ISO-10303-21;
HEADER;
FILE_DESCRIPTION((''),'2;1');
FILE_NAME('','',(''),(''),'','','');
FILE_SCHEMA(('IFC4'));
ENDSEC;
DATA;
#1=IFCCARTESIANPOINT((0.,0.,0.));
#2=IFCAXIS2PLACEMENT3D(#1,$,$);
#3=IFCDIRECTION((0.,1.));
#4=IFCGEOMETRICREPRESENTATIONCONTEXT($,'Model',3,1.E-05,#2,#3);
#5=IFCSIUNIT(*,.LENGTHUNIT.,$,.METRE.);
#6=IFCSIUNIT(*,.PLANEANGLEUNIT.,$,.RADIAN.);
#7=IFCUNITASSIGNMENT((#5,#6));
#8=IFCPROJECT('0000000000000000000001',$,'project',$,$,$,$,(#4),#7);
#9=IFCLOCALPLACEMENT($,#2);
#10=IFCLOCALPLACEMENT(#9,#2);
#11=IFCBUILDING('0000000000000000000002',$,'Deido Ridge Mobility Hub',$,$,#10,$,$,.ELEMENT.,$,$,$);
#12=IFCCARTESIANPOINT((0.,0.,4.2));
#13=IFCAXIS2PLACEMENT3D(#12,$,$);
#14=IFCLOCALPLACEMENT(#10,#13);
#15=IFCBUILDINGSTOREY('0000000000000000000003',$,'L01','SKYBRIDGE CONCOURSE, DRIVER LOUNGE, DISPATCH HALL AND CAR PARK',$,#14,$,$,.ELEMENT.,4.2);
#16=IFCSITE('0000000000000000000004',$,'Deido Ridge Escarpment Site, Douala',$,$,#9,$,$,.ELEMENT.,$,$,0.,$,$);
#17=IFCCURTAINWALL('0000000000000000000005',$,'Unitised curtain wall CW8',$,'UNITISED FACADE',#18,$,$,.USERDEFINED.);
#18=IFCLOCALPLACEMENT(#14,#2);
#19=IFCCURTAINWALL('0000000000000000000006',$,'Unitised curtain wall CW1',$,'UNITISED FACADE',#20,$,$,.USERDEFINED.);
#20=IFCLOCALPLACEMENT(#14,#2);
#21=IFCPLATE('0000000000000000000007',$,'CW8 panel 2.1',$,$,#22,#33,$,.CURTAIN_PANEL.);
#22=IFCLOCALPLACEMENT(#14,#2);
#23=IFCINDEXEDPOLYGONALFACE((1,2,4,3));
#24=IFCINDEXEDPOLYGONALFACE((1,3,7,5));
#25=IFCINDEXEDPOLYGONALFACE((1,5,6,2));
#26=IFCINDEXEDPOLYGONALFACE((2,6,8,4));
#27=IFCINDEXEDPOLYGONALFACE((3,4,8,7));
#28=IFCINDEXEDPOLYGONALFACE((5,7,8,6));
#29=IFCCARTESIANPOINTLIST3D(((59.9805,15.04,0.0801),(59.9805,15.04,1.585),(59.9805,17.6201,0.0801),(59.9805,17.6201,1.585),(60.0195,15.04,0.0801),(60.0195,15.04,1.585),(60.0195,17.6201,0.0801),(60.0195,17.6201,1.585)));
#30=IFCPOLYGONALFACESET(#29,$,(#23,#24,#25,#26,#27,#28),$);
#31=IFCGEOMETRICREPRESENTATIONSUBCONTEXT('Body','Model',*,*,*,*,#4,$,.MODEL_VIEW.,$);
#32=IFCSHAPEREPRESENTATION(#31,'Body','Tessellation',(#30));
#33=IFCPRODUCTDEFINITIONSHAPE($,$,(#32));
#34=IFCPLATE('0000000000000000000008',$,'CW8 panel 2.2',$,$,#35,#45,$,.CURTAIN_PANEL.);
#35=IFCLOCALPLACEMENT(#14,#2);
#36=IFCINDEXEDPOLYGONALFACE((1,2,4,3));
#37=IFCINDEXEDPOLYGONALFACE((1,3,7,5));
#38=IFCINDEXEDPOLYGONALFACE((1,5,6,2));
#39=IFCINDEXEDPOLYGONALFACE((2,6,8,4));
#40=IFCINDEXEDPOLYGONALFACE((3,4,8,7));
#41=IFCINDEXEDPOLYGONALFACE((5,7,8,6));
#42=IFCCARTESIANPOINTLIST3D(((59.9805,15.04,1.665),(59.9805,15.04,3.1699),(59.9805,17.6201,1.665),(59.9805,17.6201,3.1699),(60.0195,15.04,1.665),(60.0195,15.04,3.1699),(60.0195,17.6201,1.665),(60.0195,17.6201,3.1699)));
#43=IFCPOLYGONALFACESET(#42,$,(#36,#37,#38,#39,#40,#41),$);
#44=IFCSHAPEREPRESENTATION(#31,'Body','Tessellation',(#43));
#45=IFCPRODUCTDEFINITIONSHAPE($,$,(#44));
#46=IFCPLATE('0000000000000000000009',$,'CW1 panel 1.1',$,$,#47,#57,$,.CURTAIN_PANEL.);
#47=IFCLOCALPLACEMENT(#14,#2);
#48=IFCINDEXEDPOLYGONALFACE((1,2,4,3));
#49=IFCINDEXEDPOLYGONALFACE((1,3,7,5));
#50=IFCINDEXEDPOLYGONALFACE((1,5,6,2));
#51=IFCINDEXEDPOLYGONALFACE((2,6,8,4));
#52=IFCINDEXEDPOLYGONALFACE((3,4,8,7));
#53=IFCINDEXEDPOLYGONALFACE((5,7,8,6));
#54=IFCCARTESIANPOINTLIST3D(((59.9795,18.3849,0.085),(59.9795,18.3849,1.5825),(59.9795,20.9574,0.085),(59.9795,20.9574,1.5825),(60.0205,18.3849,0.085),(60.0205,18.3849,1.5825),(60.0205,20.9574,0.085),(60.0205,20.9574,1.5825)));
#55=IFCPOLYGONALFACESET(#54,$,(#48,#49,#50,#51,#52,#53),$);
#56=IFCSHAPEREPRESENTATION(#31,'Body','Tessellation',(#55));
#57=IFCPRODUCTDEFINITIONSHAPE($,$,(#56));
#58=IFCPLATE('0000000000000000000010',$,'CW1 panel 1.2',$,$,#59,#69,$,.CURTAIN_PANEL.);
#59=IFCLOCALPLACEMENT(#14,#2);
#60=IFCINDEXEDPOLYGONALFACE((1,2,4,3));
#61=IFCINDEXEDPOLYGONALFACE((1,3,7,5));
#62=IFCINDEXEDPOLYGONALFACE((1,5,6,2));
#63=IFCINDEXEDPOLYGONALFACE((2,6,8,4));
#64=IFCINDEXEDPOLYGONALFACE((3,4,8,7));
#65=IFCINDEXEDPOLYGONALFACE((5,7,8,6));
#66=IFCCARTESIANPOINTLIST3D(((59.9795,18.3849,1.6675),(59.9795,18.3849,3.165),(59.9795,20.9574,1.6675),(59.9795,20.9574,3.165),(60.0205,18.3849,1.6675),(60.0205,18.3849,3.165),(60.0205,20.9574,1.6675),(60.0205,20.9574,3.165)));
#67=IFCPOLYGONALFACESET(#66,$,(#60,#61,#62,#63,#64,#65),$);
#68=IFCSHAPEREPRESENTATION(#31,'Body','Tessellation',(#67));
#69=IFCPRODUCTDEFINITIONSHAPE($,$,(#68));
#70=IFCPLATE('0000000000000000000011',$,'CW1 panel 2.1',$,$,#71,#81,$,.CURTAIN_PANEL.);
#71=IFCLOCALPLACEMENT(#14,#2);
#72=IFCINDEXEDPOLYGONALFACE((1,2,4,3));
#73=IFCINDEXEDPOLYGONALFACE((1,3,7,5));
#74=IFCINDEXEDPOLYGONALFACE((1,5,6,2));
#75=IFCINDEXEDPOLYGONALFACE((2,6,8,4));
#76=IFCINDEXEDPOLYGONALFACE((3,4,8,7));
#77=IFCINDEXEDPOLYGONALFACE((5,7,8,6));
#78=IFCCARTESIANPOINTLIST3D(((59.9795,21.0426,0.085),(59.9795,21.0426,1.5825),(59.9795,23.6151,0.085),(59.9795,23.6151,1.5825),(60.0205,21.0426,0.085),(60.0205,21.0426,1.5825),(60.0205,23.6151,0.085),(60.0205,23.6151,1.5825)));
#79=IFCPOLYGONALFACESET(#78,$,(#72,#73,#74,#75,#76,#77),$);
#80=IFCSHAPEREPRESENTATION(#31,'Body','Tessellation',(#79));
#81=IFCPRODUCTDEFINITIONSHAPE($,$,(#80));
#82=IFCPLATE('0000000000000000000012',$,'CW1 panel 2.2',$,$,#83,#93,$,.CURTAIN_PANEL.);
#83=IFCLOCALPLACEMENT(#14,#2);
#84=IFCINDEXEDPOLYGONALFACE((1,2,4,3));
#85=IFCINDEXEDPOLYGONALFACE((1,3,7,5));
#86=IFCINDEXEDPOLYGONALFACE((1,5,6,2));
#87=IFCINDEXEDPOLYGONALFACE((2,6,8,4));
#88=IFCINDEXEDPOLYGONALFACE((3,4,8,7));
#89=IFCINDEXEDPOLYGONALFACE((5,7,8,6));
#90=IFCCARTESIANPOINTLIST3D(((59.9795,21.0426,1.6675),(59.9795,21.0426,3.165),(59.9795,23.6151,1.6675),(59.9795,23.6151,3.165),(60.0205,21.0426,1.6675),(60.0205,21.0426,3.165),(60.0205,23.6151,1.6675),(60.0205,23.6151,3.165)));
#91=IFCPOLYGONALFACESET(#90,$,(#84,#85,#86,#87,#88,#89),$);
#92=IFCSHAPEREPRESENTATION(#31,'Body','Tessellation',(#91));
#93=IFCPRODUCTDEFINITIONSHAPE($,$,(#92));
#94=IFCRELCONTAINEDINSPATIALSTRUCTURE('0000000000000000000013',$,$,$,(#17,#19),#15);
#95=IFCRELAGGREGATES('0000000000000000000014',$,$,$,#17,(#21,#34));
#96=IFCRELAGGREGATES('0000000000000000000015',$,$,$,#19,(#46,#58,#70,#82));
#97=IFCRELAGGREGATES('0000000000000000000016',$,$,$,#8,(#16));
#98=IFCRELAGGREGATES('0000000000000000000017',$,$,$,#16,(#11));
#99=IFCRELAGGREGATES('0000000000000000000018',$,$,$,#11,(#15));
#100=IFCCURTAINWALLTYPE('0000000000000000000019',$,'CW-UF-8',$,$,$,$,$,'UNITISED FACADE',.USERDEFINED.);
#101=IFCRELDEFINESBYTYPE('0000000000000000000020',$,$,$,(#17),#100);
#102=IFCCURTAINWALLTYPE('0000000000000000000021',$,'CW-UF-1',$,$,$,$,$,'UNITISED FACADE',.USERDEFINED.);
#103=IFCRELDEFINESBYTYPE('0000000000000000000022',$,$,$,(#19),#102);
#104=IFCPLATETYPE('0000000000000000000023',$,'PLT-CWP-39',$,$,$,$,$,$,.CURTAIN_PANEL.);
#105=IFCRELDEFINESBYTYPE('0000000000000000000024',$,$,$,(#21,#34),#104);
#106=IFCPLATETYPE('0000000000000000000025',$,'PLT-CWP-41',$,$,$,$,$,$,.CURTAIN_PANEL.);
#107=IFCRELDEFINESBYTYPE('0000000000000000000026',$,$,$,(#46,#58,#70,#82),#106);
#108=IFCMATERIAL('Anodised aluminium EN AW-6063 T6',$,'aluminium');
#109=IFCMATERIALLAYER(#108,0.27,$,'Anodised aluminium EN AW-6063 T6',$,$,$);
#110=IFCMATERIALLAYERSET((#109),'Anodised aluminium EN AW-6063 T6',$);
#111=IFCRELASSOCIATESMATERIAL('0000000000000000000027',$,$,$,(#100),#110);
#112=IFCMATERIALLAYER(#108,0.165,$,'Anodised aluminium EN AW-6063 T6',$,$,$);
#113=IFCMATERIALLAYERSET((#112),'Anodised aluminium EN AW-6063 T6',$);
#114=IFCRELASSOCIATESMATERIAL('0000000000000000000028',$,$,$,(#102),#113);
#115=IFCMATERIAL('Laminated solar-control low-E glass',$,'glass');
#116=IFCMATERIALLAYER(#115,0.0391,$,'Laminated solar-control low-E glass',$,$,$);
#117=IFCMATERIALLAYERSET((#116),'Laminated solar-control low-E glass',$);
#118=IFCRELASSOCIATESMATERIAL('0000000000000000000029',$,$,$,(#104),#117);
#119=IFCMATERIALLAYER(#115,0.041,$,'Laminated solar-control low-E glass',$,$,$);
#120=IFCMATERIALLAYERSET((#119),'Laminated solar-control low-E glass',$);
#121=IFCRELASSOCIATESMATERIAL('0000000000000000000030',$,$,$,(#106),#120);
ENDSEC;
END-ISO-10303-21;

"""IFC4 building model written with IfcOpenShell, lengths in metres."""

from ifc_helpers import new_model, si_unit, direction, frame, origin, origin_2d, place, context, subcontext, project, spatial, rectangle, extrude, material, layer, layer_set, type_object, element, aggregate, save


model = new_model("IFC4")

# Units and contexts
model_context = context("Model", 3, precision=1e-05, world=origin(), true_north=direction((0.0, 1.0)))
body_context = subcontext(model_context, "Body", "Model", "MODEL_VIEW")
ifc_project = project(units=[si_unit("LENGTHUNIT", "METRE"), si_unit("PLANEANGLEUNIT", "RADIAN")], contexts=[model_context])

# Site, building, storey
site_placement = place(None, origin())
site = spatial("IfcSite", under=ifc_project, at=site_placement, Name="Deido Ridge Escarpment Site, Douala", CompositionType="ELEMENT", RefElevation=0.0)
building_placement = place(site_placement, origin())
building = spatial("IfcBuilding", under=site, at=building_placement, Name="Deido Ridge Mobility Hub", CompositionType="ELEMENT")
storey_placement = place(building_placement, frame((0.0, 0.0, 4.2)))
storey = spatial("IfcBuildingStorey", under=building, at=storey_placement, Name="L01", Description="SKYBRIDGE CONCOURSE, DRIVER LOUNGE, DISPATCH HALL AND CAR PARK", CompositionType="ELEMENT", Elevation=4.2)

# Shared definitions
ifc_material_1 = material(Name="Anodised aluminium EN AW-6063 T6", Category="aluminium")

# Curtain wall
ifc_layer_1 = layer(ifc_material_1, 0.27, Name="Anodised aluminium EN AW-6063 T6")
ifc_layer_set_1 = layer_set([ifc_layer_1], Name="Anodised aluminium EN AW-6063 T6")
curtain_wall_type_1 = type_object("IfcCurtainWallType", Name="CW-UF-8", ElementType="UNITISED FACADE", PredefinedType="USERDEFINED", material=ifc_layer_set_1)
curtain_wall_1_placement = place(storey_placement, origin())
curtain_wall_1 = element("IfcCurtainWall", 1, at=curtain_wall_1_placement, inside=storey, type_object=curtain_wall_type_1, Name="Unitised curtain wall CW8", ObjectType="UNITISED FACADE", PredefinedType="USERDEFINED")

# Curtain wall
ifc_layer_2 = layer(ifc_material_1, 0.165, Name="Anodised aluminium EN AW-6063 T6")
ifc_layer_set_2 = layer_set([ifc_layer_2], Name="Anodised aluminium EN AW-6063 T6")
curtain_wall_type_2 = type_object("IfcCurtainWallType", Name="CW-UF-1", ElementType="UNITISED FACADE", PredefinedType="USERDEFINED", material=ifc_layer_set_2)
curtain_wall_2_placement = place(storey_placement, origin())
curtain_wall_2 = element("IfcCurtainWall", 2, at=curtain_wall_2_placement, inside=storey, type_object=curtain_wall_type_2, Name="Unitised curtain wall CW1", ObjectType="UNITISED FACADE", PredefinedType="USERDEFINED")

# Plates
ifc_material_2 = material(Name="Laminated solar-control low-E glass", Category="glass")
ifc_layer_3 = layer(ifc_material_2, 0.0391, Name="Laminated solar-control low-E glass")
ifc_layer_set_3 = layer_set([ifc_layer_3], Name="Laminated solar-control low-E glass")
plate_type_1 = type_object("IfcPlateType", Name="PLT-CWP-39", PredefinedType="CURTAIN_PANEL", material=ifc_layer_set_3)
plate_1_placement = place(storey_placement, frame((60.0, 16.3301, 0.0801), z_axis=(0.0, 0.0, 1.0), x_axis=(0.0, 1.0, 0.0)))
plate_1 = element("IfcPlate", 3, at=plate_1_placement, type_object=plate_type_1, Name="CW8 panel 2.1", PredefinedType="CURTAIN_PANEL", context=body_context, shape_type="SweptSolid", body=[
    extrude(rectangle(XDim=2.5801, YDim=0.0391, at=origin_2d()), origin(), (0.0, 0.0, 1.0), 1.5049),
])
plate_2_placement = place(storey_placement, frame((60.0, 16.3301, 1.665), z_axis=(0.0, 0.0, 1.0), x_axis=(0.0, 1.0, 0.0)))
plate_2 = element("IfcPlate", 4, at=plate_2_placement, type_object=plate_type_1, Name="CW8 panel 2.2", PredefinedType="CURTAIN_PANEL", context=body_context, shape_type="SweptSolid", body=[
    extrude(rectangle(XDim=2.5801, YDim=0.0391, at=origin_2d()), origin(), (0.0, 0.0, 1.0), 1.5049),
])
aggregate(curtain_wall_1, [plate_1, plate_2])
ifc_layer_4 = layer(ifc_material_2, 0.041, Name="Laminated solar-control low-E glass")
ifc_layer_set_4 = layer_set([ifc_layer_4], Name="Laminated solar-control low-E glass")
plate_type_2 = type_object("IfcPlateType", Name="PLT-CWP-41", PredefinedType="CURTAIN_PANEL", material=ifc_layer_set_4)
plate_3_placement = place(storey_placement, frame((60.0, 19.6711, 0.085), z_axis=(0.0, 0.0, 1.0), x_axis=(0.0, 1.0, 0.0)))
plate_3 = element("IfcPlate", 5, at=plate_3_placement, type_object=plate_type_2, Name="CW1 panel 1.1", PredefinedType="CURTAIN_PANEL", context=body_context, shape_type="SweptSolid", body=[
    extrude(rectangle(XDim=2.5725, YDim=0.041, at=origin_2d()), origin(), (0.0, 0.0, 1.0), 1.4976),
])
plate_4_placement = place(storey_placement, frame((60.0, 19.6711, 1.6675), z_axis=(0.0, 0.0, 1.0), x_axis=(0.0, 1.0, 0.0)))
plate_4 = element("IfcPlate", 6, at=plate_4_placement, type_object=plate_type_2, Name="CW1 panel 1.2", PredefinedType="CURTAIN_PANEL", context=body_context, shape_type="SweptSolid", body=[
    extrude(rectangle(XDim=2.5725, YDim=0.041, at=origin_2d()), origin(), (0.0, 0.0, 1.0), 1.4976),
])
plate_5_placement = place(storey_placement, frame((60.0, 22.3289, 0.085), z_axis=(0.0, 0.0, 1.0), x_axis=(0.0, 1.0, 0.0)))
plate_5 = element("IfcPlate", 7, at=plate_5_placement, type_object=plate_type_2, Name="CW1 panel 2.1", PredefinedType="CURTAIN_PANEL", context=body_context, shape_type="SweptSolid", body=[
    extrude(rectangle(XDim=2.5725, YDim=0.041, at=origin_2d()), origin(), (0.0, 0.0, 1.0), 1.4976),
])
plate_6_placement = place(storey_placement, frame((60.0, 22.3289, 1.6675), z_axis=(0.0, 0.0, 1.0), x_axis=(0.0, 1.0, 0.0)))
plate_6 = element("IfcPlate", 8, at=plate_6_placement, type_object=plate_type_2, Name="CW1 panel 2.2", PredefinedType="CURTAIN_PANEL", context=body_context, shape_type="SweptSolid", body=[
    extrude(rectangle(XDim=2.5725, YDim=0.041, at=origin_2d()), origin(), (0.0, 0.0, 1.0), 1.4976),
])
aggregate(curtain_wall_2, [plate_3, plate_4, plate_5, plate_6])

save(model, "model.ifc")
